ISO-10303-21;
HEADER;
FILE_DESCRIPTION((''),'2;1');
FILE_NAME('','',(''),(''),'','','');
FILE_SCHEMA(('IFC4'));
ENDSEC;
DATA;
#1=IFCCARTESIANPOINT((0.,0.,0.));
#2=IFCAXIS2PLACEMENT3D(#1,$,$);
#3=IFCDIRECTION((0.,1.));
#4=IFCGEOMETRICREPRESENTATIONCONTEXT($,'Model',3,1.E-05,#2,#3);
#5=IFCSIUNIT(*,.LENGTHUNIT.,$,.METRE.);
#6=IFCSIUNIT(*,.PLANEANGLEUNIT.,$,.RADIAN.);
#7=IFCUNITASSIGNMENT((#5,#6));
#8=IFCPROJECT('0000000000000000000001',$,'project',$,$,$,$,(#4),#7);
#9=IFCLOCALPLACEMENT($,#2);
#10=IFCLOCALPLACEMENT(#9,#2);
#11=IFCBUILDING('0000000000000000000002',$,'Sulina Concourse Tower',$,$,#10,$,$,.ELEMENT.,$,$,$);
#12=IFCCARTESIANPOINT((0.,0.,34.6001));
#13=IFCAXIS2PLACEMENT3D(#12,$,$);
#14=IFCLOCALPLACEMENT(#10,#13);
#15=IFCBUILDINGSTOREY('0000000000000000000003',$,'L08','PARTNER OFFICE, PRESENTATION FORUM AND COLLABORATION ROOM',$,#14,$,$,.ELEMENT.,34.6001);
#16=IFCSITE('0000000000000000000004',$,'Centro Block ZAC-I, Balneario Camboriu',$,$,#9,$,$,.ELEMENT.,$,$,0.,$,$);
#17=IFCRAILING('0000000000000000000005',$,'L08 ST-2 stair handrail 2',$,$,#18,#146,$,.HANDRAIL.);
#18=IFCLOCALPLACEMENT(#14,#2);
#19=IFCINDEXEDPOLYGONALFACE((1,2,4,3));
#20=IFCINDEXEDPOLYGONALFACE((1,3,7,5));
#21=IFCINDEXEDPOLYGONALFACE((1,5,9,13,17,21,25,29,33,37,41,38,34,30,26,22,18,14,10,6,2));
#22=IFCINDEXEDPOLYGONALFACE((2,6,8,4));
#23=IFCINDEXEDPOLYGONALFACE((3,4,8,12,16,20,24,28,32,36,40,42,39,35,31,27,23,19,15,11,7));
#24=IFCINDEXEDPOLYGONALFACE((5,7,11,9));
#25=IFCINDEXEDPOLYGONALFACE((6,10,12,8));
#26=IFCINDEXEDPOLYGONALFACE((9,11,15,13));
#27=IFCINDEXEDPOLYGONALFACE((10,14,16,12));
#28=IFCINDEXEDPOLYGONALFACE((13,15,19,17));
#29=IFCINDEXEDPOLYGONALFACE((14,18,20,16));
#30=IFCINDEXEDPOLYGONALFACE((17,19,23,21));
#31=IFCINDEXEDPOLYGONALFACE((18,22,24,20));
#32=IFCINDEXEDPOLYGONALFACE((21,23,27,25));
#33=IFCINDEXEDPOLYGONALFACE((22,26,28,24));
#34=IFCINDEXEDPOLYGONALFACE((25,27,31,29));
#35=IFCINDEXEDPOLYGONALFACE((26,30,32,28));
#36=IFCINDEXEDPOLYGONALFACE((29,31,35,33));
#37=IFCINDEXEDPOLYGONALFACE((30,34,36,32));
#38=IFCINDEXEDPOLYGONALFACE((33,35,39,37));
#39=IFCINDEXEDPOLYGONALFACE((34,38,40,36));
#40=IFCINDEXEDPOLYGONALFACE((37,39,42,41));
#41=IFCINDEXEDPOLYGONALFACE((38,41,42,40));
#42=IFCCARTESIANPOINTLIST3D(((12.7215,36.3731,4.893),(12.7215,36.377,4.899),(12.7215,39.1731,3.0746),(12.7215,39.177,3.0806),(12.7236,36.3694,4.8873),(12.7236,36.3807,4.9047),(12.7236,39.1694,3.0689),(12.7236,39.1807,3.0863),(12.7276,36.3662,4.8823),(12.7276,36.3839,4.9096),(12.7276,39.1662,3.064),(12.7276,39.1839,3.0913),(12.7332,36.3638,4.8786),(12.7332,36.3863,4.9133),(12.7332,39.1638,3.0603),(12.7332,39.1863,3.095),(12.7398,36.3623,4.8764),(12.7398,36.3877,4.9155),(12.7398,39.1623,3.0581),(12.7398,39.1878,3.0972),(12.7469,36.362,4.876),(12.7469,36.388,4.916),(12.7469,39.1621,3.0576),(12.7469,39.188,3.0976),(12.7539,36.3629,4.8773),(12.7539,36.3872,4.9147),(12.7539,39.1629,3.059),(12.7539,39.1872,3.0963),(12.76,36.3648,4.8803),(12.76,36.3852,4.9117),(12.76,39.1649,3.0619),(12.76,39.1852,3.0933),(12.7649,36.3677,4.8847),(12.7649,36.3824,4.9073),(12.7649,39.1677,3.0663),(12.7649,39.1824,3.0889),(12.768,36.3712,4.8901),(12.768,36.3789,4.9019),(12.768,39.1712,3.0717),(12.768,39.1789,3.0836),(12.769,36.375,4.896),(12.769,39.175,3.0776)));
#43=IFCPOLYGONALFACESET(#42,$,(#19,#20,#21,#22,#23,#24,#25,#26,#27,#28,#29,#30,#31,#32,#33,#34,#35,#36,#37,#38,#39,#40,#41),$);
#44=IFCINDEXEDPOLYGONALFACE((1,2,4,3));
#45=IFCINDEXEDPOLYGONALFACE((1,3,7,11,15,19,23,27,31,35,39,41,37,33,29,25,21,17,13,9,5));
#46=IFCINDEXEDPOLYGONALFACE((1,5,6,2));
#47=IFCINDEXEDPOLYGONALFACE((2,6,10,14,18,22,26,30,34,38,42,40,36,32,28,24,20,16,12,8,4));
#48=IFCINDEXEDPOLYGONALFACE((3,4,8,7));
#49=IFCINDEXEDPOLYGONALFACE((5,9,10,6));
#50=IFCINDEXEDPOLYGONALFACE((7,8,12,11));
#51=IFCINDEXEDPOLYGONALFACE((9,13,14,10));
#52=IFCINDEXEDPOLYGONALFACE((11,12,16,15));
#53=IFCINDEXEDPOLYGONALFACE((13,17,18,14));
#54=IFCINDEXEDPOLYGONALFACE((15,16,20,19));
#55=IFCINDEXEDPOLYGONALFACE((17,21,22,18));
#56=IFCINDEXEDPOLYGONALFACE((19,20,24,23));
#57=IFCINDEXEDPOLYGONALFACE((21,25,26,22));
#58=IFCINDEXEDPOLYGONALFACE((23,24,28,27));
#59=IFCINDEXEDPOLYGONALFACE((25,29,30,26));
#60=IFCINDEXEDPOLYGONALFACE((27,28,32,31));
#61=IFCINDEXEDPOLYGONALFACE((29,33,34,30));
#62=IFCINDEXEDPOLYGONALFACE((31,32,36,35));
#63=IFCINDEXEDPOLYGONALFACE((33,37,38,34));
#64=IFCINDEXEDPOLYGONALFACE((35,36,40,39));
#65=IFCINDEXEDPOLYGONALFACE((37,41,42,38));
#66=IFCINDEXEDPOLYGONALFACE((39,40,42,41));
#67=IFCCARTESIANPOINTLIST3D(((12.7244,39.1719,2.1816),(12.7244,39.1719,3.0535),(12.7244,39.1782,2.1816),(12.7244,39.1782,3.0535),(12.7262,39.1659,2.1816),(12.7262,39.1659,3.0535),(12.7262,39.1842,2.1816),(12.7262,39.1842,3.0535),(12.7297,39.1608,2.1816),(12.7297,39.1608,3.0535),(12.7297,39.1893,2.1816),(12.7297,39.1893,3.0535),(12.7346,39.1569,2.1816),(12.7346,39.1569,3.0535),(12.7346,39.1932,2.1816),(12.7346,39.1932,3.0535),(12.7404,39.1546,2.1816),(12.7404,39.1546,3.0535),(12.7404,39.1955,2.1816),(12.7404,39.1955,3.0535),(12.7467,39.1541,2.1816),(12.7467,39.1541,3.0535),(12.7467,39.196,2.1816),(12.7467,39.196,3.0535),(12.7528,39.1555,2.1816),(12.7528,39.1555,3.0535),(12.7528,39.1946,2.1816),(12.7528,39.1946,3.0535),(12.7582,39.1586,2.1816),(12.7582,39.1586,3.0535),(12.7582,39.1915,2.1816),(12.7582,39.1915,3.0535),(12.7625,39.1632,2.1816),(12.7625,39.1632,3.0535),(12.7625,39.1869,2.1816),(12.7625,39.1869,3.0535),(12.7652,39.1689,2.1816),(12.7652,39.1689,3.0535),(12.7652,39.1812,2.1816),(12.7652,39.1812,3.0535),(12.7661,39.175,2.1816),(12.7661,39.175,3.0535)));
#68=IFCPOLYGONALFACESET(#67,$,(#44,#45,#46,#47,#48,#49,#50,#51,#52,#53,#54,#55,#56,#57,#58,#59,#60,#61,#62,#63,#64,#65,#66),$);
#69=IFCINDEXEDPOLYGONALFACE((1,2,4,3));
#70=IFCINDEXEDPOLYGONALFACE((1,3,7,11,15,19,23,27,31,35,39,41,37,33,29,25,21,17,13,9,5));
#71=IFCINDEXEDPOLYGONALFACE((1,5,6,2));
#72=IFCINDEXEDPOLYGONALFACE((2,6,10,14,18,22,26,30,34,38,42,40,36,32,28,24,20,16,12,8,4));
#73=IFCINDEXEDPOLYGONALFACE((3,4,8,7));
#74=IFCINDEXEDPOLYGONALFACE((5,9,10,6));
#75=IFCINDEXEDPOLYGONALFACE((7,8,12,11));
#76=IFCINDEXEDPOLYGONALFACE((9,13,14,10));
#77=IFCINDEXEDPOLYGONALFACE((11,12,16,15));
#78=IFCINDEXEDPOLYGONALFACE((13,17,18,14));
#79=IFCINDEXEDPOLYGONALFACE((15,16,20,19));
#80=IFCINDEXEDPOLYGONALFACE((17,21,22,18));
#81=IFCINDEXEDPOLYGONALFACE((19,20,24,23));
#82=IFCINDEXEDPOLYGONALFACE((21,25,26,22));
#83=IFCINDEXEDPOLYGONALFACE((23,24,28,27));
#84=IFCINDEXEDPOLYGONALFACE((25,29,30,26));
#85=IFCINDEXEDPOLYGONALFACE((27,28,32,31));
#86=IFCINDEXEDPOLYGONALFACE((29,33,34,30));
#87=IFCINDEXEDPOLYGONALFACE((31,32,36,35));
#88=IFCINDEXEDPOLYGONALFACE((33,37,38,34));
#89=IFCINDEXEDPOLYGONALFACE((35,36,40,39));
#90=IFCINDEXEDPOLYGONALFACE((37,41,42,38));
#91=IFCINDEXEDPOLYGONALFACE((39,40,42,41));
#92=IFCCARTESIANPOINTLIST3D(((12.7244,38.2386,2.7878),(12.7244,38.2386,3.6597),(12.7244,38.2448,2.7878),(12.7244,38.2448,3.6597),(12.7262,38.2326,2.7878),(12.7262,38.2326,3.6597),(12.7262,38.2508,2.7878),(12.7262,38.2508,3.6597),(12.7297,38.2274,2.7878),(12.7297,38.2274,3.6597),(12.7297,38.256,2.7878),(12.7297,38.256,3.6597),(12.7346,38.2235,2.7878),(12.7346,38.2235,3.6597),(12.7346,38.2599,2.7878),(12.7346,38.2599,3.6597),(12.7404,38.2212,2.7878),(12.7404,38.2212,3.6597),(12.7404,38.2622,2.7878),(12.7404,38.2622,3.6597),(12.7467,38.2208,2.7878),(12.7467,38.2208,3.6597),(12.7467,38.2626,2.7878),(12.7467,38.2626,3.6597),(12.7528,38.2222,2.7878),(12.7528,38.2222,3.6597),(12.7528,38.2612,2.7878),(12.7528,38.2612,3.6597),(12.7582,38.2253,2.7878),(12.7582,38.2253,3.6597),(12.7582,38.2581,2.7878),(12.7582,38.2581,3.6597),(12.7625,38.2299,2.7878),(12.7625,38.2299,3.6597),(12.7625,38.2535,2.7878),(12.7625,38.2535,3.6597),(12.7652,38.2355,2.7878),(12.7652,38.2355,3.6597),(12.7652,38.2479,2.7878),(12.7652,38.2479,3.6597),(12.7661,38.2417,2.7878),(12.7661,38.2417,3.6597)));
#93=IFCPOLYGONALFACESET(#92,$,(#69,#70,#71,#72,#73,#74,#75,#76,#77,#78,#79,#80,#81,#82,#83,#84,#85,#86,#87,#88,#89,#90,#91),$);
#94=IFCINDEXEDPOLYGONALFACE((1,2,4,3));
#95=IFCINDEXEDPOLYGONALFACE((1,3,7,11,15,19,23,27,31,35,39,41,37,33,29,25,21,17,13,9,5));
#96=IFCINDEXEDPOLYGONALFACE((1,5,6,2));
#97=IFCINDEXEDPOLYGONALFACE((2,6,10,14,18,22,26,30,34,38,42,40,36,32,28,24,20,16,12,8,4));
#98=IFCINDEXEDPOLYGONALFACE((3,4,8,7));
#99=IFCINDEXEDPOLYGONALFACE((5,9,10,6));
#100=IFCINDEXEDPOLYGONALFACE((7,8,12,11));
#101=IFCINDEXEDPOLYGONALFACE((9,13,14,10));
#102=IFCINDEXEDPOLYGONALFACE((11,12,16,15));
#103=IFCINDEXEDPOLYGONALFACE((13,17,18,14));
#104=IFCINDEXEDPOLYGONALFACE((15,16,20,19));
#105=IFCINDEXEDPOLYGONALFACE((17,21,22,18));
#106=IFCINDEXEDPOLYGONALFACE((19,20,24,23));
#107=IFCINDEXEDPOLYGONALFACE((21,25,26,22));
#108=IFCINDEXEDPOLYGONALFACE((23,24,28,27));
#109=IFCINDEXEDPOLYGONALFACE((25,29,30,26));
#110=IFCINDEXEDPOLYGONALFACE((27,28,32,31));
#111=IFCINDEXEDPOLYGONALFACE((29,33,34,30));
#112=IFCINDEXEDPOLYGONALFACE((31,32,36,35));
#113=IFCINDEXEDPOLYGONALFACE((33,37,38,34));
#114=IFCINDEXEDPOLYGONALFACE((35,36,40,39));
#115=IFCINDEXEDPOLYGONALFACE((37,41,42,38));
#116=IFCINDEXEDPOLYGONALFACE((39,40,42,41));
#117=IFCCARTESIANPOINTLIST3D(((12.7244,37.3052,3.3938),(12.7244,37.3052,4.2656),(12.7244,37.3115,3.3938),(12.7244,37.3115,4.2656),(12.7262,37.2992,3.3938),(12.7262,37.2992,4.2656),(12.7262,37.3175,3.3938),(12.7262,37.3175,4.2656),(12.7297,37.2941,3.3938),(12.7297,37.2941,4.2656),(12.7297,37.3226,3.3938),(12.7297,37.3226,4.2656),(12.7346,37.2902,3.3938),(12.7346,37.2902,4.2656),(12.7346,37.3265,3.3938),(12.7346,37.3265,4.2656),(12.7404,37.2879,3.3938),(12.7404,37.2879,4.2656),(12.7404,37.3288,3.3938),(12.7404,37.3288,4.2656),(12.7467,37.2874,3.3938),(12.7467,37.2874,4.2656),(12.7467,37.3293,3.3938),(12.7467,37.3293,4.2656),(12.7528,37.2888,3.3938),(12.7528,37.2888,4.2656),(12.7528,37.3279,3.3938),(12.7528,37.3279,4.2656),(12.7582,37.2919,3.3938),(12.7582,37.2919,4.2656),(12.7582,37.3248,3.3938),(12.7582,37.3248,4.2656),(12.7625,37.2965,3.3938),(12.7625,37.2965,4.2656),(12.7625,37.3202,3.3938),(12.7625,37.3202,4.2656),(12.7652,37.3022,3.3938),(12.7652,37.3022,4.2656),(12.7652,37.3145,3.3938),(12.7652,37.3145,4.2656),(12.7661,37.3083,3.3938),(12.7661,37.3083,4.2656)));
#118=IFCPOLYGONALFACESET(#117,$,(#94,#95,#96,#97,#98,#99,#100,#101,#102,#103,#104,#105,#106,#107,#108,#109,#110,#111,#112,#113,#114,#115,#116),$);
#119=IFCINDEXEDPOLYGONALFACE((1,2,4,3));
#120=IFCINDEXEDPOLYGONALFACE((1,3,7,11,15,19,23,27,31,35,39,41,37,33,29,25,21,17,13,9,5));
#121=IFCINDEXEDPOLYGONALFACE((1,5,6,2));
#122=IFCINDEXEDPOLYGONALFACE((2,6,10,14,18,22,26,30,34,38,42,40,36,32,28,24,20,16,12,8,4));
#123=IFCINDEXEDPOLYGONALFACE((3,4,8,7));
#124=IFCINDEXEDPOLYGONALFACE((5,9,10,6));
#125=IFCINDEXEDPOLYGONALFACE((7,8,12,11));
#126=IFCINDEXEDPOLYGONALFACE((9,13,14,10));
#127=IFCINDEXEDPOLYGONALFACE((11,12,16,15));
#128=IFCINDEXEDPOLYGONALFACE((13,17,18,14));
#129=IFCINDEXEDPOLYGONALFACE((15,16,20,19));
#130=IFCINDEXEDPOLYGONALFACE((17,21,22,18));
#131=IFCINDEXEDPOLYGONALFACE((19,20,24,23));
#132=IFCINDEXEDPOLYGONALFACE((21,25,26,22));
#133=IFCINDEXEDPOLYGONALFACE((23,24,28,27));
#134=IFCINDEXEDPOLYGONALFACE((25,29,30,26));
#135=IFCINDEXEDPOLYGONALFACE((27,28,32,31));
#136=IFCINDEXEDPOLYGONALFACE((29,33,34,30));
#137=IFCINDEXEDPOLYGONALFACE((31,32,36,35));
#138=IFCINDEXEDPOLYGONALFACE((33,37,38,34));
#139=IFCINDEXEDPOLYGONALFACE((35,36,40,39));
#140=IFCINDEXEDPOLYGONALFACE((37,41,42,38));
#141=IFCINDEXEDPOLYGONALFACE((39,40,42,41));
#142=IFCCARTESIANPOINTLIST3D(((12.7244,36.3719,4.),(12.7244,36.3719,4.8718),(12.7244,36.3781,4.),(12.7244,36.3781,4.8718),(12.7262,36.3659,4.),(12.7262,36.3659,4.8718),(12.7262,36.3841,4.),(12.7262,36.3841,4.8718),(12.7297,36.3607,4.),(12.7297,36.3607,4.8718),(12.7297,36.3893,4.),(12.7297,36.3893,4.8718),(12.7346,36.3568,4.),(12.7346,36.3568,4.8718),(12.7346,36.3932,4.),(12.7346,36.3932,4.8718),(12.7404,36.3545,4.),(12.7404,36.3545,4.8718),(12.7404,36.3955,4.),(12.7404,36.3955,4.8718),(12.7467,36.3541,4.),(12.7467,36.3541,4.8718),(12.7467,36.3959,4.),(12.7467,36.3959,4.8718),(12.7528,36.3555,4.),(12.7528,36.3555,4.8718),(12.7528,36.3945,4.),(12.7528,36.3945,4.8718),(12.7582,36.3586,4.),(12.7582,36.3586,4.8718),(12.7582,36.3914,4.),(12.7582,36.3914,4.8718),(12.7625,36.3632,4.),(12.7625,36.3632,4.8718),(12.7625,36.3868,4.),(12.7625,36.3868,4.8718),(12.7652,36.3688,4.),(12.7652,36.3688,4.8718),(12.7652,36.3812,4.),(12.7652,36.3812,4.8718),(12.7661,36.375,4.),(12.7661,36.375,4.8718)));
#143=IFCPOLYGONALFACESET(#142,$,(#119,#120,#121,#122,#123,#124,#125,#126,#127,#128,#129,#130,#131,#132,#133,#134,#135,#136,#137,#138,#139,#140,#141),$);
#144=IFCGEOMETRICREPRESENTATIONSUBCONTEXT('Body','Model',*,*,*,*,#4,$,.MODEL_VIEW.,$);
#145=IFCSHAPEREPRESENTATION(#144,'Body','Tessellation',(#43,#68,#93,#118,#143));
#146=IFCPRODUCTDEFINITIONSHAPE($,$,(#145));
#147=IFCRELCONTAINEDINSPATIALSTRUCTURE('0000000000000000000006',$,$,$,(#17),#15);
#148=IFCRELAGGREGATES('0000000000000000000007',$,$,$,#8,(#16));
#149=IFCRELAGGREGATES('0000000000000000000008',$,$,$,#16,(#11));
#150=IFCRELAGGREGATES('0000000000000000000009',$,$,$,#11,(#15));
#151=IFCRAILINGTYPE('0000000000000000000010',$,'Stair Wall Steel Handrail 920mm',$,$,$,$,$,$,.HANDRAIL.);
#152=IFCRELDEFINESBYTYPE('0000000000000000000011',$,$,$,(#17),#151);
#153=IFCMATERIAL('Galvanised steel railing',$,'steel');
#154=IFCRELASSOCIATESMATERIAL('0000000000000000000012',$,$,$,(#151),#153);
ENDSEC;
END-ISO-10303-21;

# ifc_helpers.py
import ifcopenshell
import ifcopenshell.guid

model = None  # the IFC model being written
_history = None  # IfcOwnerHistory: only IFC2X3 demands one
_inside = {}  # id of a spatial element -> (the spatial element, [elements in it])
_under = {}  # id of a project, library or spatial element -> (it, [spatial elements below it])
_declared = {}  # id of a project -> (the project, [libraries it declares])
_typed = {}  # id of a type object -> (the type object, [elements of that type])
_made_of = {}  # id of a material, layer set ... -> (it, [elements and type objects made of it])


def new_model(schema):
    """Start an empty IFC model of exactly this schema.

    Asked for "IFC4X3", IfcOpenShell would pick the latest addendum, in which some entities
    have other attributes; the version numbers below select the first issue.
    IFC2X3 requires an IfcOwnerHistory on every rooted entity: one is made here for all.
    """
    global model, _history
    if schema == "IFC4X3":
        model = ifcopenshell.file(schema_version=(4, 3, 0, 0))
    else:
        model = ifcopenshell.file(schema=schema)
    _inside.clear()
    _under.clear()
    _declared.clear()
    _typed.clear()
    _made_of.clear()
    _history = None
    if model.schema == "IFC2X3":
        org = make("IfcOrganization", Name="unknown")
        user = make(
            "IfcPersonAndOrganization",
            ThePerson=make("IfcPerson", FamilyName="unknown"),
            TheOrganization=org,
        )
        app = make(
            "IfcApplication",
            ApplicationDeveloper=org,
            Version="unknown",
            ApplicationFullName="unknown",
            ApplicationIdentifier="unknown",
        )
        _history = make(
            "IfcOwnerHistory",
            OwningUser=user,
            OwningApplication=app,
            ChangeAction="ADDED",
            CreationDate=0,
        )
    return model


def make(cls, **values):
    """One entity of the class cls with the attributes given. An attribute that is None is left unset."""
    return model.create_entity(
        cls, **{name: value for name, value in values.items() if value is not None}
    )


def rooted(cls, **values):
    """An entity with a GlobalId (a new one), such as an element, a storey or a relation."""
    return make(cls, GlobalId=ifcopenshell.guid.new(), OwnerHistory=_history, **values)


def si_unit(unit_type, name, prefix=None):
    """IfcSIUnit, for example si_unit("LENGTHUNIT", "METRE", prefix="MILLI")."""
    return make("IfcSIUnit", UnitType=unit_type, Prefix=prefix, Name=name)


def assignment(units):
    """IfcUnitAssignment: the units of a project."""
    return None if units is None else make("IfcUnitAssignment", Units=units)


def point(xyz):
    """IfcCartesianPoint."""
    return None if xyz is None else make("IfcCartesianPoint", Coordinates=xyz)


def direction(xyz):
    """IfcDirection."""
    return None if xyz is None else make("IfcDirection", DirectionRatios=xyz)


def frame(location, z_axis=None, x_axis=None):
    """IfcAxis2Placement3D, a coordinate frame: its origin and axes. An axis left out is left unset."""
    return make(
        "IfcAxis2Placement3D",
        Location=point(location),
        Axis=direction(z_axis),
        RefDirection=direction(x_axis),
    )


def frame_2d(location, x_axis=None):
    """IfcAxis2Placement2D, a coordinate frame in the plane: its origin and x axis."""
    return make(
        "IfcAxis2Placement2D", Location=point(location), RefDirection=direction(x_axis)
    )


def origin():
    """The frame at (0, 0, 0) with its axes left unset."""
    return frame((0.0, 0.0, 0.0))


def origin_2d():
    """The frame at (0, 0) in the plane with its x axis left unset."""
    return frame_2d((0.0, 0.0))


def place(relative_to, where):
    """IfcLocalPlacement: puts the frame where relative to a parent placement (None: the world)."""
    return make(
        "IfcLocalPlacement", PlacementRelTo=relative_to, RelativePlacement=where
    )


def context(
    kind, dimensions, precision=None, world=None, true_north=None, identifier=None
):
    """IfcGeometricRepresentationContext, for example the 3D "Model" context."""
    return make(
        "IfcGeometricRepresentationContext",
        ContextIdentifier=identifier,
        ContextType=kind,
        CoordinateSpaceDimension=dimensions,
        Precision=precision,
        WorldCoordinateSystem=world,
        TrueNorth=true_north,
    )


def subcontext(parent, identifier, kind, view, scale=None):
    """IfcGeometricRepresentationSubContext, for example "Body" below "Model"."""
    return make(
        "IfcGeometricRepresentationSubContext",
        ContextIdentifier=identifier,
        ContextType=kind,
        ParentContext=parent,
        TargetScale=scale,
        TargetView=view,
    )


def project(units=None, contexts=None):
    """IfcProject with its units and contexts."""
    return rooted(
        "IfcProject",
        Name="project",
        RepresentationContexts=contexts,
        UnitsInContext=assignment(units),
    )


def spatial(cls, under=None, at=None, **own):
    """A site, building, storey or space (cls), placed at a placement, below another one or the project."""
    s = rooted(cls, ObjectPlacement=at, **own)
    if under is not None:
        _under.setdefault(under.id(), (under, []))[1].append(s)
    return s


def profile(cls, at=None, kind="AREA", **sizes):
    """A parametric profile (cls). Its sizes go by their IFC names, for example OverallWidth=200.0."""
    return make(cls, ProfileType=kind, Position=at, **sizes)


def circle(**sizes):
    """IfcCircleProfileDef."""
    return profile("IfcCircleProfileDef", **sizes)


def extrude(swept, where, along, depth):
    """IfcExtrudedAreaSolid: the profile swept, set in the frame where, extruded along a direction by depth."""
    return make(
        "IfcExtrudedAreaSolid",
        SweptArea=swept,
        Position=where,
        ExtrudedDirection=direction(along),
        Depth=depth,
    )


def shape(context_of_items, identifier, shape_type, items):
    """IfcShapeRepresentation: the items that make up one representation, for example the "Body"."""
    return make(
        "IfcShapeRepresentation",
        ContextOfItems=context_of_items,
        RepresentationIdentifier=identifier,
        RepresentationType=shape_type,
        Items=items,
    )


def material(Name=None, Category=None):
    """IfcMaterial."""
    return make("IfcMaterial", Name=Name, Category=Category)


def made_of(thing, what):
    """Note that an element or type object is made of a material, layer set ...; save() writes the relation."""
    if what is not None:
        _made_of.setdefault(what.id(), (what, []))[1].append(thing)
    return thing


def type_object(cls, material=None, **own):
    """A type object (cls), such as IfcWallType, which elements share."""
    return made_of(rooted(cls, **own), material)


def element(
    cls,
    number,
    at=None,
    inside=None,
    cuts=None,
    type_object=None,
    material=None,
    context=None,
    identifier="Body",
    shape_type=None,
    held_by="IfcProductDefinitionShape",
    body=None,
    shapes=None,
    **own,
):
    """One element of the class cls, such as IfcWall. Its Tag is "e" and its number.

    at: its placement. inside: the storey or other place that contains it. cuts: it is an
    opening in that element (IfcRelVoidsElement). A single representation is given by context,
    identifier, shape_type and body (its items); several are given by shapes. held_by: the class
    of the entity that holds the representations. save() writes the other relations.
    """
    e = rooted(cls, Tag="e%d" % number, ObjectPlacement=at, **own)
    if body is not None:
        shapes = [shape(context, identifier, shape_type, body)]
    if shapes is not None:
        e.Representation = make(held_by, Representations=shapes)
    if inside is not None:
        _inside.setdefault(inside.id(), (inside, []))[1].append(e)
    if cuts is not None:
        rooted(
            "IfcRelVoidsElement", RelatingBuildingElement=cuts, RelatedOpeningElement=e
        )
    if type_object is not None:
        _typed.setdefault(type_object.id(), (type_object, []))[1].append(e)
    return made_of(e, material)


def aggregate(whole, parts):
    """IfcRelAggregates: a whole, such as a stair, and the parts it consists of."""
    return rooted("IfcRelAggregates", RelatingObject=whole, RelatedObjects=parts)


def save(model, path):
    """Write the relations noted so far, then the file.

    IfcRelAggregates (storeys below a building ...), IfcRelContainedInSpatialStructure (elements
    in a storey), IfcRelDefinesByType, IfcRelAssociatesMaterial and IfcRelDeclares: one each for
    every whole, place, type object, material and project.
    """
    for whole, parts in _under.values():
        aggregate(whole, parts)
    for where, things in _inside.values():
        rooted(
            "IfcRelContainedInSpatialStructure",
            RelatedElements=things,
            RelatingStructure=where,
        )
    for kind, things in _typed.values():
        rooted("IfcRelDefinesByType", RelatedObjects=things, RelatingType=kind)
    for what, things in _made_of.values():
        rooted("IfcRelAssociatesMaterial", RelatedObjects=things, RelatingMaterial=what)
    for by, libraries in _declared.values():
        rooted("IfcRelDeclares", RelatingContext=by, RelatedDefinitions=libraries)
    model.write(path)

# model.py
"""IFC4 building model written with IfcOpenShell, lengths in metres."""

from ifc_helpers import new_model, si_unit, direction, frame, origin, origin_2d, place, context, subcontext, project, spatial, circle, extrude, material, type_object, element, save


model = new_model("IFC4")

# Units and contexts
model_context = context("Model", 3, precision=1e-05, world=origin(), true_north=direction((0.0, 1.0)))
body_context = subcontext(model_context, "Body", "Model", "MODEL_VIEW")
ifc_project = project(units=[si_unit("LENGTHUNIT", "METRE"), si_unit("PLANEANGLEUNIT", "RADIAN")], contexts=[model_context])

# Site, building, storey
site_placement = place(None, origin())
site = spatial("IfcSite", under=ifc_project, at=site_placement, Name="Centro Block ZAC-I, Balneario Camboriu", CompositionType="ELEMENT", RefElevation=0.0)
building_placement = place(site_placement, origin())
building = spatial("IfcBuilding", under=site, at=building_placement, Name="Sulina Concourse Tower", CompositionType="ELEMENT")
storey_placement = place(building_placement, frame((0.0, 0.0, 34.6001)))
storey = spatial("IfcBuildingStorey", under=building, at=storey_placement, Name="L08", Description="PARTNER OFFICE, PRESENTATION FORUM AND COLLABORATION ROOM", CompositionType="ELEMENT", Elevation=34.6001)

# Railing
ifc_material_1 = material(Name="Galvanised steel railing", Category="steel")
railing_type_1 = type_object("IfcRailingType", Name="Stair Wall Steel Handrail 920mm", PredefinedType="HANDRAIL", material=ifc_material_1)
railing_1_placement = place(storey_placement, frame((12.7451, 39.175, 2.1816)))
element("IfcRailing", 1, at=railing_1_placement, inside=storey, type_object=railing_type_1, Name="L08 ST-2 stair handrail 2", PredefinedType="HANDRAIL", context=body_context, shape_type="SweptSolid", body=[
    extrude(circle(Radius=0.0239, at=origin_2d()), frame((0.0, 0.0, 0.896), z_axis=(0.0, -0.838672, 0.544636), x_axis=(1.0, 0.0, 0.0)), (0.0, 0.0, 1.0), 3.3386),
    extrude(circle(Radius=0.021, at=origin_2d()), origin(), (0.0, 0.0, 1.0), 0.8718),
    extrude(circle(Radius=0.021, at=origin_2d()), frame((0.0, -0.9333, 0.6062)), (0.0, 0.0, 1.0), 0.8718),
    extrude(circle(Radius=0.021, at=origin_2d()), frame((0.0, -1.8667, 1.2122)), (0.0, 0.0, 1.0), 0.8718),
    extrude(circle(Radius=0.021, at=origin_2d()), frame((0.0, -2.8, 1.8184)), (0.0, 0.0, 1.0), 0.8718),
])

save(model, "model.ifc")
